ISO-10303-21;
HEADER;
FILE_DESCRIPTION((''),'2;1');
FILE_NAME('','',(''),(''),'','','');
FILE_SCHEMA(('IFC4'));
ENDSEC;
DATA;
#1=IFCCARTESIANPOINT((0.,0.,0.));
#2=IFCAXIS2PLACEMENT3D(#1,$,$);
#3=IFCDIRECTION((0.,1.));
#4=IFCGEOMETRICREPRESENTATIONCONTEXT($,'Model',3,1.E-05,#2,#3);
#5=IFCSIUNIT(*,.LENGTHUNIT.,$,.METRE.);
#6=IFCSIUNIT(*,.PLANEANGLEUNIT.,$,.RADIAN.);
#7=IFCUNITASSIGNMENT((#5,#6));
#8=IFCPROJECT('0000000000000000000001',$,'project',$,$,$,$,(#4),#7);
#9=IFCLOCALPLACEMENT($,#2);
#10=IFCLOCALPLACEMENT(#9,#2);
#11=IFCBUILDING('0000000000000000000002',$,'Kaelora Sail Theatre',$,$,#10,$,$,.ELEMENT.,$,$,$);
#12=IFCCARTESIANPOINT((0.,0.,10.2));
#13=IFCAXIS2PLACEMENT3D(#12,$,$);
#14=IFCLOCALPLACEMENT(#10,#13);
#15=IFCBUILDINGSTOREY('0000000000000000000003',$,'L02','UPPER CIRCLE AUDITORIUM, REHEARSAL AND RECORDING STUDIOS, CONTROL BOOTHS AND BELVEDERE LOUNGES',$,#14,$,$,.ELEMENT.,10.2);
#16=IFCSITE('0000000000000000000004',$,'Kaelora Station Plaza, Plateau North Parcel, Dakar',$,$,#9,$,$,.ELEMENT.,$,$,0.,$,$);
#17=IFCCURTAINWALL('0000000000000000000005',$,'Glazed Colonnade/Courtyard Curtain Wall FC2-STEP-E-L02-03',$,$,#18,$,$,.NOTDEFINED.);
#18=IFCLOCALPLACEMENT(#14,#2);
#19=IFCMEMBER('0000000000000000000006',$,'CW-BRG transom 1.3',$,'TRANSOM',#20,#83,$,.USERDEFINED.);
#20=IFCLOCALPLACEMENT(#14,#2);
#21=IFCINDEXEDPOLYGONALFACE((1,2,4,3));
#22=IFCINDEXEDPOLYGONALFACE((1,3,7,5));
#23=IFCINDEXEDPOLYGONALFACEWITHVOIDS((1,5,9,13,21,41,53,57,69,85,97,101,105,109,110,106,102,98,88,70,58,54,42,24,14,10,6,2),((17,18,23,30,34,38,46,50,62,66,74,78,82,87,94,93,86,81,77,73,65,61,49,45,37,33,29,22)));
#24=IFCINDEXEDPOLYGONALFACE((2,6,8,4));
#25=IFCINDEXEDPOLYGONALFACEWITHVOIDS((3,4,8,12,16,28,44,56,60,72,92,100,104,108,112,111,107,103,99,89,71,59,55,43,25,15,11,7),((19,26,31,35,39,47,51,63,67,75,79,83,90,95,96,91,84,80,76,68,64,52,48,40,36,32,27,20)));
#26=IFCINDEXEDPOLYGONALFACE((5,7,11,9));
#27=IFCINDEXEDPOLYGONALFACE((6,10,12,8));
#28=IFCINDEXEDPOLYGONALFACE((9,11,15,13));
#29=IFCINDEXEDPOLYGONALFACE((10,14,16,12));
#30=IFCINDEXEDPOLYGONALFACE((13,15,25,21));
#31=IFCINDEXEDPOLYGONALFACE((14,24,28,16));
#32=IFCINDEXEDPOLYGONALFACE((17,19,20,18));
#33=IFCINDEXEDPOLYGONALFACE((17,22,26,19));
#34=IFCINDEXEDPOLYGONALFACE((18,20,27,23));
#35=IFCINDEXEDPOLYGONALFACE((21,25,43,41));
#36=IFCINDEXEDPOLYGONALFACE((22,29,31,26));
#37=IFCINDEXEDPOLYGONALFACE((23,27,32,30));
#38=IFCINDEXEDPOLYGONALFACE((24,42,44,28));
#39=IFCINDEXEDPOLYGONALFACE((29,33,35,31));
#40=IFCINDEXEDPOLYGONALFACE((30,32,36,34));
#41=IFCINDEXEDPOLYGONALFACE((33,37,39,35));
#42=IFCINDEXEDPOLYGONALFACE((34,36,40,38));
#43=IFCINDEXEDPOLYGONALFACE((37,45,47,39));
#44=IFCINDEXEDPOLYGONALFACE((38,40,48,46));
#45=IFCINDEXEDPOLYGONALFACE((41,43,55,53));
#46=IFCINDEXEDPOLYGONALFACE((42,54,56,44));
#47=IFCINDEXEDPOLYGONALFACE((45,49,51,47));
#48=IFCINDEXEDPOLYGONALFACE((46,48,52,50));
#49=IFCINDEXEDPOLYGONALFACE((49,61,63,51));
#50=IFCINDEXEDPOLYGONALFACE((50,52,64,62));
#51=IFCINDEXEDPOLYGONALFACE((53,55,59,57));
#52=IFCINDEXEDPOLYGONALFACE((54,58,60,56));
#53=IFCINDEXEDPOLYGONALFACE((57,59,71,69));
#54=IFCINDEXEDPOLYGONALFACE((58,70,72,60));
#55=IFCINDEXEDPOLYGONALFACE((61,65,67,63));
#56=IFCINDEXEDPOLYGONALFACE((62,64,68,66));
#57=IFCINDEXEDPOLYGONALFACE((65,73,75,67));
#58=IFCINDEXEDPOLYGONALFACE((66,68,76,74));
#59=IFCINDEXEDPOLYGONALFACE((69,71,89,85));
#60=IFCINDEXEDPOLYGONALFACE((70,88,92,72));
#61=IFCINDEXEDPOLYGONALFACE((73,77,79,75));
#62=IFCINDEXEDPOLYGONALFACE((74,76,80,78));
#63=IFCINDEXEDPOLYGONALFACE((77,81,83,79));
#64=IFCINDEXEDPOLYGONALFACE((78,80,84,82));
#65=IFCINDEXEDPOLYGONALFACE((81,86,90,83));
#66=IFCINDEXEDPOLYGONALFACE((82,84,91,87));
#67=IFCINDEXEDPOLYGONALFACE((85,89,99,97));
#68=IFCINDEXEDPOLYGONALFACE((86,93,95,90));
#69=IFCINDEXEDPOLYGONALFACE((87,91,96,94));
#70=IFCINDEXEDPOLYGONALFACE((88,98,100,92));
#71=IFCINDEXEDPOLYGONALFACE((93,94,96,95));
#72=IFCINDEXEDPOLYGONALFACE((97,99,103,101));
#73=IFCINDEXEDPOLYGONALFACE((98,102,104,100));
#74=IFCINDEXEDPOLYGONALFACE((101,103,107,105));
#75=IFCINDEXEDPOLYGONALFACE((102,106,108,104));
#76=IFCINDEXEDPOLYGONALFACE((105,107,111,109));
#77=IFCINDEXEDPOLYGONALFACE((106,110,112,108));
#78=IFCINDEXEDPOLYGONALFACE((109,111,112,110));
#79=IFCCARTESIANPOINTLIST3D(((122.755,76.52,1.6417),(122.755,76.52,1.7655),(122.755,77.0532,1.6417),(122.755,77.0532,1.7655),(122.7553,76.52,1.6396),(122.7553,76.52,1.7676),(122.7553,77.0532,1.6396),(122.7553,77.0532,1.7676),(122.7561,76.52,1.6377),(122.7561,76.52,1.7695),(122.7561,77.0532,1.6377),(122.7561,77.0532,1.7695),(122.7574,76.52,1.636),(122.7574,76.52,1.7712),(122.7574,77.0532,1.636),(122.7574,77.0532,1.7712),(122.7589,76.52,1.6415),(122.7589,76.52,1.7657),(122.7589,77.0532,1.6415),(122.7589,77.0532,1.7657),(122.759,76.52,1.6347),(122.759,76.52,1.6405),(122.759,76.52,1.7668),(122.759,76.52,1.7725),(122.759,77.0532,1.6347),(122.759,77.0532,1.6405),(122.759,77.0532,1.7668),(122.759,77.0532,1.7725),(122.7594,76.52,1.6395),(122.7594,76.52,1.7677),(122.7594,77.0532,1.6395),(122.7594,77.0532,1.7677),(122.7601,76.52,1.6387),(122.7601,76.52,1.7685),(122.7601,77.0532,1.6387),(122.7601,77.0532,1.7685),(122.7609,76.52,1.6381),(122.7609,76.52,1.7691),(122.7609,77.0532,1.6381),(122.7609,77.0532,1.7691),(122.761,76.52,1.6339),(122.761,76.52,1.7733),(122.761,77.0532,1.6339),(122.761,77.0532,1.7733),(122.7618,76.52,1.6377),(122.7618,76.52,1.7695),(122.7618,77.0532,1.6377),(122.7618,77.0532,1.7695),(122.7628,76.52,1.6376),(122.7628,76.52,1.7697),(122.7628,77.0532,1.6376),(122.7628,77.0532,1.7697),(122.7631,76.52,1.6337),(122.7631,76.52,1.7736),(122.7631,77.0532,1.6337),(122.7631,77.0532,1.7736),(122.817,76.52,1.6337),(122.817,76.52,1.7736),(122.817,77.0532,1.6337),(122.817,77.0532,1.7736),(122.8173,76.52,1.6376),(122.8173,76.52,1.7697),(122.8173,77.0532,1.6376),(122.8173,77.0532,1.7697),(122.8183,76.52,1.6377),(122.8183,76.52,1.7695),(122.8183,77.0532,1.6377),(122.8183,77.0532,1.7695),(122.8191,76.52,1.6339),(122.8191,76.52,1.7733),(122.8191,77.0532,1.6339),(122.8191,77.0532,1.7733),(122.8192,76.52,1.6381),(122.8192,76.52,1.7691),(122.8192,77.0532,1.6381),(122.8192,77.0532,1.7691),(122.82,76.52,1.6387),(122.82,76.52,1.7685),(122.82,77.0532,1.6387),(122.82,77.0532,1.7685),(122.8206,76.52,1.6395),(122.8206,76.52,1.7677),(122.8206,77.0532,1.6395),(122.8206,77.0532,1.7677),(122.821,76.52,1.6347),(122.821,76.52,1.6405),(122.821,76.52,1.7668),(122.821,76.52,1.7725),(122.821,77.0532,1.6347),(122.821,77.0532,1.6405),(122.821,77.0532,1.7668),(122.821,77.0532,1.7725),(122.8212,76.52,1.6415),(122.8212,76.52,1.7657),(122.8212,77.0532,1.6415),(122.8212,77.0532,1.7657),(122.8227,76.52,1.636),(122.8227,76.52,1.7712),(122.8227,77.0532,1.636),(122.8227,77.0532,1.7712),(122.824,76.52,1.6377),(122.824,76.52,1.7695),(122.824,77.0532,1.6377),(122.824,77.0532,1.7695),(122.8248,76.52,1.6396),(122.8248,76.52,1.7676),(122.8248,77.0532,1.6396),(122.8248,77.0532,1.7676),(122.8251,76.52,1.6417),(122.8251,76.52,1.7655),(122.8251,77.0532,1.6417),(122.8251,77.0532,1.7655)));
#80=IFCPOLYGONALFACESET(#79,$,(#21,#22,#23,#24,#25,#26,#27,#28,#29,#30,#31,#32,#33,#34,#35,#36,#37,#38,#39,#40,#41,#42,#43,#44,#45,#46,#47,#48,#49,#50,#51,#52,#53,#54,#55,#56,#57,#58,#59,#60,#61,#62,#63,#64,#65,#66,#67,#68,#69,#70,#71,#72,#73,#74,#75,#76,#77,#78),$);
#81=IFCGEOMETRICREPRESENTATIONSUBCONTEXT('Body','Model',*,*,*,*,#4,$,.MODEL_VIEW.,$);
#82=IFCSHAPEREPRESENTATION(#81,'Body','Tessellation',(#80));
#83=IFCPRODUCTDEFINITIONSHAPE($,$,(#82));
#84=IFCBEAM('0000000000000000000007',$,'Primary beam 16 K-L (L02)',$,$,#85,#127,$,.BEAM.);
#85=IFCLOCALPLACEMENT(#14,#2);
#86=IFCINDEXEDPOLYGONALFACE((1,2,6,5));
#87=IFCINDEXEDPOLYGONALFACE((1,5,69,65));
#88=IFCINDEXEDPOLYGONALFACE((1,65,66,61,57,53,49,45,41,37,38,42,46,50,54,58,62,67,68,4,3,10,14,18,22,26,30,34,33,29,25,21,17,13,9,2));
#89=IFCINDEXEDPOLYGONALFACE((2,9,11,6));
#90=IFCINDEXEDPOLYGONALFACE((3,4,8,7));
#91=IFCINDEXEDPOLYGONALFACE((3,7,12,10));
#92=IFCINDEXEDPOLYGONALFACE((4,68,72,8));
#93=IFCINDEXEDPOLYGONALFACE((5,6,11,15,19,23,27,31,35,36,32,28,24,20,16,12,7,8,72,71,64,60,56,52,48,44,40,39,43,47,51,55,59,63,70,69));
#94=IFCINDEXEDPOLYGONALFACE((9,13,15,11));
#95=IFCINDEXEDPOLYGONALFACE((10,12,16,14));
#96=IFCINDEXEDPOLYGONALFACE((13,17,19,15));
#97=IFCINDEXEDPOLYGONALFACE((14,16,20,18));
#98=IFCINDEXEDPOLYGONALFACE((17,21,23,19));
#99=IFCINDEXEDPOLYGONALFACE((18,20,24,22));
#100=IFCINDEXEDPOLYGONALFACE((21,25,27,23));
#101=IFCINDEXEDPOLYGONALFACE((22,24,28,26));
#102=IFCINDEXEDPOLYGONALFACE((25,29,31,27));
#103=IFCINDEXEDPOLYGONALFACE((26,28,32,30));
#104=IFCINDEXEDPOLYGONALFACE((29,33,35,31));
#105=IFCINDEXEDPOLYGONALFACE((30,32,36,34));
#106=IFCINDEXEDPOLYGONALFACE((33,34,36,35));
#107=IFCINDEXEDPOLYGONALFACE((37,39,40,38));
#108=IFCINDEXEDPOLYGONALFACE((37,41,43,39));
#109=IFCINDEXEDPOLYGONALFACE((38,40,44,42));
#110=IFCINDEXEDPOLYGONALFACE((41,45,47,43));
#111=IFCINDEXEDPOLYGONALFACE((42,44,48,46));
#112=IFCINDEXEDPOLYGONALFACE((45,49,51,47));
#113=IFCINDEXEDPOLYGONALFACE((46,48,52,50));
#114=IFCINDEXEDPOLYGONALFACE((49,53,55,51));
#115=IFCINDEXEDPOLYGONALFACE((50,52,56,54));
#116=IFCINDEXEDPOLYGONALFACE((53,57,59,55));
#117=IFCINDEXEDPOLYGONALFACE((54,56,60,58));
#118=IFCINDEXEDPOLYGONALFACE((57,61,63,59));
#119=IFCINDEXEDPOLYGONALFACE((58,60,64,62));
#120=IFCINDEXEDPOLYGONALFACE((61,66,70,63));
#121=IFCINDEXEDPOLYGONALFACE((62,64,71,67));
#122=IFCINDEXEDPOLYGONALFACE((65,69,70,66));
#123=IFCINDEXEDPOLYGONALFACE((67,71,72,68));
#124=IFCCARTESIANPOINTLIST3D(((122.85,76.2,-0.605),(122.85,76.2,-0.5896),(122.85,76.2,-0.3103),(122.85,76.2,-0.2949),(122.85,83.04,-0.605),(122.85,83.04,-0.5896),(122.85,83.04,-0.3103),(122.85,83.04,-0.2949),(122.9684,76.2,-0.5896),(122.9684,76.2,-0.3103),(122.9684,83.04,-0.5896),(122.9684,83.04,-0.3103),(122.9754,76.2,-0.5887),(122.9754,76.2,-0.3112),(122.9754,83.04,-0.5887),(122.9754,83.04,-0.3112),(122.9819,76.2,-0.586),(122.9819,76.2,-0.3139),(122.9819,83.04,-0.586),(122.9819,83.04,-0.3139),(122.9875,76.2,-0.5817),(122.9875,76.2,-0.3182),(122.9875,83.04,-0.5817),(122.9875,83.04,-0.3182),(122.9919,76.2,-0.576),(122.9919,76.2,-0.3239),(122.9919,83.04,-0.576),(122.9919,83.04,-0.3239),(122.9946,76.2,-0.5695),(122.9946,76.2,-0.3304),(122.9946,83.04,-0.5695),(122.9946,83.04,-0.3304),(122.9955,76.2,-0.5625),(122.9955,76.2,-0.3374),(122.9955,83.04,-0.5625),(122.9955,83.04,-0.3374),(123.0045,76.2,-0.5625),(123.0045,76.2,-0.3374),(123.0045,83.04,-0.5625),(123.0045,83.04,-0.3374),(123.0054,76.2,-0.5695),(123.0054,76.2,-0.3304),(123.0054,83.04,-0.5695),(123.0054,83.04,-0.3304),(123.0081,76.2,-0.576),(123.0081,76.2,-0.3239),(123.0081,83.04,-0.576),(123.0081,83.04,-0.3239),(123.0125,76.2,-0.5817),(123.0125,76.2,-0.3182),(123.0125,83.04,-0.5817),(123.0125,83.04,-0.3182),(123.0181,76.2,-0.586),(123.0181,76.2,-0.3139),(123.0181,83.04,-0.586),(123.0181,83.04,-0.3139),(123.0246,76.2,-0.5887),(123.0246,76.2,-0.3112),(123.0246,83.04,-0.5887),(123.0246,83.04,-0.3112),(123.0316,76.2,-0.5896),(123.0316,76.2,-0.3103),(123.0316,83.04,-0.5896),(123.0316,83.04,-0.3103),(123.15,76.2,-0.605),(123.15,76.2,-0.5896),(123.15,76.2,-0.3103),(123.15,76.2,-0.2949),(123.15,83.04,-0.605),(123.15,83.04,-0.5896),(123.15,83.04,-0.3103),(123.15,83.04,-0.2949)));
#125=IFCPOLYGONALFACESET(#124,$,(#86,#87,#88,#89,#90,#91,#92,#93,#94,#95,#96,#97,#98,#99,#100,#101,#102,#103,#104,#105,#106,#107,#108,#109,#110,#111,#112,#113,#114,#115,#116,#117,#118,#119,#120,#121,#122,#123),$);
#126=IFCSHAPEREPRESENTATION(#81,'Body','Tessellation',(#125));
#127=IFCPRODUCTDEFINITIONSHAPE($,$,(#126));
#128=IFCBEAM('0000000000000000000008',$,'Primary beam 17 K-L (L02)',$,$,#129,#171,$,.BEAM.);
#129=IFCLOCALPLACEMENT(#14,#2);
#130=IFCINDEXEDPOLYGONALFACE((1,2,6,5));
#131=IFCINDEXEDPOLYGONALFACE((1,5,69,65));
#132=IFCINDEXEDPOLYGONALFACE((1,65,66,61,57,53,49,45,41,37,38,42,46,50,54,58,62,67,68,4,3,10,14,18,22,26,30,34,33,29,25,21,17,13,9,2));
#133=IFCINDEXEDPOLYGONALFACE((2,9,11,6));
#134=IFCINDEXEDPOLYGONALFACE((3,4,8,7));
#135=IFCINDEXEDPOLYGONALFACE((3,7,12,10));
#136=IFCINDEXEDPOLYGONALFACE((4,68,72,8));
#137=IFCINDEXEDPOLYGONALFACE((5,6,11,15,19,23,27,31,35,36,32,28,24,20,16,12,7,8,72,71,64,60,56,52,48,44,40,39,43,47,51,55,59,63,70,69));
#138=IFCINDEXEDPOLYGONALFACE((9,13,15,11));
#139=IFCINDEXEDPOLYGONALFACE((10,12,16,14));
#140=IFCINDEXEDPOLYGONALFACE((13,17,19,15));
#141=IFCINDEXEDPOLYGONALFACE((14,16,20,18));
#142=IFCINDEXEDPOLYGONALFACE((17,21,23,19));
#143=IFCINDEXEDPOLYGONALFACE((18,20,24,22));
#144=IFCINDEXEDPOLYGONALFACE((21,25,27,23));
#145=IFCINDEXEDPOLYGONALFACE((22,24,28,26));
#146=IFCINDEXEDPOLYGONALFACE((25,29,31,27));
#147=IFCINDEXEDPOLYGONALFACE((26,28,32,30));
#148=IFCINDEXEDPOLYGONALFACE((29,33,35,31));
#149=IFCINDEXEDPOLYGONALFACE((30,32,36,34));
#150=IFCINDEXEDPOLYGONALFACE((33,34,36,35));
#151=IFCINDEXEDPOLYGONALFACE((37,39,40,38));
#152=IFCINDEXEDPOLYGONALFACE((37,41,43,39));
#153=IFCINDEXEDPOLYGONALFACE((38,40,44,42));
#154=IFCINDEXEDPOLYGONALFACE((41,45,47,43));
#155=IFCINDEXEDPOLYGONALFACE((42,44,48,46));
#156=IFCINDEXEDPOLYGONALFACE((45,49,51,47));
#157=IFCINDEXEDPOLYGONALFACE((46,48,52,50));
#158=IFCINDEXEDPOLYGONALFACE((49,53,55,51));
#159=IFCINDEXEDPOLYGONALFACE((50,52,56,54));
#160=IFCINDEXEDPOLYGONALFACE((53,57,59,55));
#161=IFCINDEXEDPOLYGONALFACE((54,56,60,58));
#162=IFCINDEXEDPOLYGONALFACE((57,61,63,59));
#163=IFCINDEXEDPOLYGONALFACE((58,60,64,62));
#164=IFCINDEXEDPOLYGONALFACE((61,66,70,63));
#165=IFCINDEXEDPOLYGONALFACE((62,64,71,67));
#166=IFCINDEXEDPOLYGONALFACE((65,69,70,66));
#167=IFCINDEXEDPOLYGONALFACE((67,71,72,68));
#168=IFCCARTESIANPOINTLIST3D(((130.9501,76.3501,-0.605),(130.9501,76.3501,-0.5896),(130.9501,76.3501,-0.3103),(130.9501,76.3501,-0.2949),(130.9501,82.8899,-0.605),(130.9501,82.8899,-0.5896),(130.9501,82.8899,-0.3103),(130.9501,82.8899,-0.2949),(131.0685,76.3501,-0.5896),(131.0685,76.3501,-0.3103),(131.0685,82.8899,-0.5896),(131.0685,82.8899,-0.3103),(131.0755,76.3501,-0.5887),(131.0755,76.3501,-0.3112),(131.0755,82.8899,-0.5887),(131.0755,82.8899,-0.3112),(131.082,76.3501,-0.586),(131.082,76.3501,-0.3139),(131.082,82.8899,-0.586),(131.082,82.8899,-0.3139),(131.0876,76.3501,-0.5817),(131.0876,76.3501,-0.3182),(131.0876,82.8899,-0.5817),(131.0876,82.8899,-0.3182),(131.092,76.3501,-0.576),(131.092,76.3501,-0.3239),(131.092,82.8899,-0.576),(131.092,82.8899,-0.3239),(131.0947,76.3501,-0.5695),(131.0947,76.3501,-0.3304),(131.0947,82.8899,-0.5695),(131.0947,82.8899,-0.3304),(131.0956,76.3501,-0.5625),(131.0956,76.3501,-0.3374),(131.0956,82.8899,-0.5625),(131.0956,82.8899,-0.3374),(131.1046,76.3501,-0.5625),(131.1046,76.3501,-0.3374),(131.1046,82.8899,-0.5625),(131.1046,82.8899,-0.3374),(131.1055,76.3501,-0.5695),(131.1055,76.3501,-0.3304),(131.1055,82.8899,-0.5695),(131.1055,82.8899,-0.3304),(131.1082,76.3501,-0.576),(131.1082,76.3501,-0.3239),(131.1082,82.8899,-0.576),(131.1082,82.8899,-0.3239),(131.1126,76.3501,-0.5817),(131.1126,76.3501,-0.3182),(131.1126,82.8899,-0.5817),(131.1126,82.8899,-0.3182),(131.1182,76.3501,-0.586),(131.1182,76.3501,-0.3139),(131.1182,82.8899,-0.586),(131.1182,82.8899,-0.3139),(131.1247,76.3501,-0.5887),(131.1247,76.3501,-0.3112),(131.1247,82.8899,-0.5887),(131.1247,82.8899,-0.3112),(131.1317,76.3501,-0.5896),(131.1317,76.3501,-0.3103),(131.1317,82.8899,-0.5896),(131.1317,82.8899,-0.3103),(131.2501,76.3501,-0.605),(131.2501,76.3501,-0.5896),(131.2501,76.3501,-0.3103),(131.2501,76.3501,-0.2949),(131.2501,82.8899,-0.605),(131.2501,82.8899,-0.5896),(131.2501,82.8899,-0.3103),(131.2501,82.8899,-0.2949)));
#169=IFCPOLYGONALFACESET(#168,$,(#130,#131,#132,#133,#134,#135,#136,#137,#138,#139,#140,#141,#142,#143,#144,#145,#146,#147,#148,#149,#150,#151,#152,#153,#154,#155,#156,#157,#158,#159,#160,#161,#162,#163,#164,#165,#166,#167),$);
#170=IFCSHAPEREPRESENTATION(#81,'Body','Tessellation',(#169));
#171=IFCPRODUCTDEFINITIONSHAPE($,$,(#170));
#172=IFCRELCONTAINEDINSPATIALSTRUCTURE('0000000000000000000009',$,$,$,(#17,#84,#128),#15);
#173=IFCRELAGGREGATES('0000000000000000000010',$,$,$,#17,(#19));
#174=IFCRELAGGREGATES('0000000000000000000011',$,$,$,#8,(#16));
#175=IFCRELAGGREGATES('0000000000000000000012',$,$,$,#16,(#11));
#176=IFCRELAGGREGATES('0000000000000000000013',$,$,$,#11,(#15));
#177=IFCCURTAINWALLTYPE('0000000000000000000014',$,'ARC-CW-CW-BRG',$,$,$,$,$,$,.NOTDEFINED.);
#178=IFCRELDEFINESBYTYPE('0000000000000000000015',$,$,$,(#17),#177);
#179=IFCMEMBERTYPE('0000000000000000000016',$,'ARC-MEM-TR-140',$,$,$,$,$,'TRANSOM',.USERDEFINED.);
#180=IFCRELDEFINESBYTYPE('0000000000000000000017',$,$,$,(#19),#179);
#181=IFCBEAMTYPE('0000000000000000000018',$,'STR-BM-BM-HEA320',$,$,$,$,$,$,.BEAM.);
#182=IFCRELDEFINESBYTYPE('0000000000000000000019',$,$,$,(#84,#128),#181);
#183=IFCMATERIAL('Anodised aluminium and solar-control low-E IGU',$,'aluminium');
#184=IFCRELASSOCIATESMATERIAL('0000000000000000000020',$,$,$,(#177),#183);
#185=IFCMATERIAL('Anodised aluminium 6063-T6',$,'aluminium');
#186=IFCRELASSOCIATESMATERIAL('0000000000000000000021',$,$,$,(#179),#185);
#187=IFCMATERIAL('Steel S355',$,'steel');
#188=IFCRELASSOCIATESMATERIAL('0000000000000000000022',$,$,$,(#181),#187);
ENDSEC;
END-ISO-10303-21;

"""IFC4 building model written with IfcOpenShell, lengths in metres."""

from ifc_helpers import new_model, si_unit, direction, frame, origin, origin_2d, place, context, subcontext, project, spatial, hollow_rectangle, i_section, extrude, material, material_profile, profile_set, type_object, element, aggregate, save


model = new_model("IFC4")

# Units and contexts
model_context = context("Model", 3, precision=1e-05, world=origin(), true_north=direction((0.0, 1.0)))
body_context = subcontext(model_context, "Body", "Model", "MODEL_VIEW")
ifc_project = project(units=[si_unit("LENGTHUNIT", "METRE"), si_unit("PLANEANGLEUNIT", "RADIAN")], contexts=[model_context])

# Site, building, storey
site_placement = place(None, origin())
site = spatial("IfcSite", under=ifc_project, at=site_placement, Name="Kaelora Station Plaza, Plateau North Parcel, Dakar", CompositionType="ELEMENT", RefElevation=0.0)
building_placement = place(site_placement, origin())
building = spatial("IfcBuilding", under=site, at=building_placement, Name="Kaelora Sail Theatre", CompositionType="ELEMENT")
storey_placement = place(building_placement, frame((0.0, 0.0, 10.2)))
storey = spatial("IfcBuildingStorey", under=building, at=storey_placement, Name="L02", Description="UPPER CIRCLE AUDITORIUM, REHEARSAL AND RECORDING STUDIOS, CONTROL BOOTHS AND BELVEDERE LOUNGES", CompositionType="ELEMENT", Elevation=10.2)

# Curtain wall, member
ifc_material_1 = material(Name="Anodised aluminium and solar-control low-E IGU", Category="aluminium")
curtain_wall_type = type_object("IfcCurtainWallType", Name="ARC-CW-CW-BRG", PredefinedType="NOTDEFINED", material=ifc_material_1)
curtain_wall_placement = place(storey_placement, origin())
curtain_wall = element("IfcCurtainWall", 1, at=curtain_wall_placement, inside=storey, type_object=curtain_wall_type, Name="Glazed Colonnade/Courtyard Curtain Wall FC2-STEP-E-L02-03", PredefinedType="NOTDEFINED")
ifc_material_2 = material(Name="Anodised aluminium 6063-T6", Category="aluminium")
ifc_material_profile_1 = material_profile(ifc_material_2, hollow_rectangle(XDim=0.0701, YDim=0.1399, WallThickness=0.0039, InnerFilletRadius=0.0039, OuterFilletRadius=0.0081, at=origin_2d()), Name="ALU-TRAN 70x140x4")
ifc_profile_set_1 = profile_set([ifc_material_profile_1], Name="Anodised aluminium 6063-T6")
member_type = type_object("IfcMemberType", Name="ARC-MEM-TR-140", ElementType="TRANSOM", PredefinedType="USERDEFINED", material=ifc_profile_set_1)
member_1_placement = place(storey_placement, frame((122.79, 76.52, 1.7036), z_axis=(0.0, 1.0, 0.0), x_axis=(-1.0, 0.0, 0.0)))
member_1 = element("IfcMember", 2, at=member_1_placement, type_object=member_type, Name="CW-BRG transom 1.3", ObjectType="TRANSOM", PredefinedType="USERDEFINED", context=body_context, shape_type="SweptSolid", body=[
    extrude(hollow_rectangle(XDim=0.0701, YDim=0.1399, WallThickness=0.0039, InnerFilletRadius=0.0039, OuterFilletRadius=0.0081, at=origin_2d()), origin(), (0.0, 0.0, 1.0), 0.5332),
])
aggregate(curtain_wall, [member_1])

# Beams
ifc_material_3 = material(Name="Steel S355", Category="steel")
ifc_material_profile_2 = material_profile(ifc_material_3, i_section(OverallWidth=0.3, OverallDepth=0.3101, WebThickness=0.009, FlangeThickness=0.0154, FilletRadius=0.0271, at=origin_2d()), Name="HEA 320")
ifc_profile_set_2 = profile_set([ifc_material_profile_2], Name="Steel S355")
beam_type_1 = type_object("IfcBeamType", Name="STR-BM-BM-HEA320", PredefinedType="BEAM", material=ifc_profile_set_2)
beam_1_placement = place(storey_placement, frame((123.0, 76.2, -0.45), z_axis=(0.0, 1.0, 0.0), x_axis=(-1.0, 0.0, 0.0)))
element("IfcBeam", 3, at=beam_1_placement, inside=storey, type_object=beam_type_1, Name="Primary beam 16 K-L (L02)", PredefinedType="BEAM", context=body_context, shape_type="SweptSolid", body=[
    extrude(i_section(OverallWidth=0.3, OverallDepth=0.3101, WebThickness=0.009, FlangeThickness=0.0154, FilletRadius=0.0271, at=origin_2d()), origin(), (0.0, 0.0, 1.0), 6.8401),
])
beam_2_placement = place(storey_placement, frame((131.1001, 76.3501, -0.45), z_axis=(0.0, 1.0, 0.0), x_axis=(-1.0, 0.0, 0.0)))
element("IfcBeam", 4, at=beam_2_placement, inside=storey, type_object=beam_type_1, Name="Primary beam 17 K-L (L02)", PredefinedType="BEAM", context=body_context, shape_type="SweptSolid", body=[
    extrude(i_section(OverallWidth=0.3, OverallDepth=0.3101, WebThickness=0.009, FlangeThickness=0.0154, FilletRadius=0.0271, at=origin_2d()), origin(), (0.0, 0.0, 1.0), 6.5398),
])

save(model, "model.ifc")
